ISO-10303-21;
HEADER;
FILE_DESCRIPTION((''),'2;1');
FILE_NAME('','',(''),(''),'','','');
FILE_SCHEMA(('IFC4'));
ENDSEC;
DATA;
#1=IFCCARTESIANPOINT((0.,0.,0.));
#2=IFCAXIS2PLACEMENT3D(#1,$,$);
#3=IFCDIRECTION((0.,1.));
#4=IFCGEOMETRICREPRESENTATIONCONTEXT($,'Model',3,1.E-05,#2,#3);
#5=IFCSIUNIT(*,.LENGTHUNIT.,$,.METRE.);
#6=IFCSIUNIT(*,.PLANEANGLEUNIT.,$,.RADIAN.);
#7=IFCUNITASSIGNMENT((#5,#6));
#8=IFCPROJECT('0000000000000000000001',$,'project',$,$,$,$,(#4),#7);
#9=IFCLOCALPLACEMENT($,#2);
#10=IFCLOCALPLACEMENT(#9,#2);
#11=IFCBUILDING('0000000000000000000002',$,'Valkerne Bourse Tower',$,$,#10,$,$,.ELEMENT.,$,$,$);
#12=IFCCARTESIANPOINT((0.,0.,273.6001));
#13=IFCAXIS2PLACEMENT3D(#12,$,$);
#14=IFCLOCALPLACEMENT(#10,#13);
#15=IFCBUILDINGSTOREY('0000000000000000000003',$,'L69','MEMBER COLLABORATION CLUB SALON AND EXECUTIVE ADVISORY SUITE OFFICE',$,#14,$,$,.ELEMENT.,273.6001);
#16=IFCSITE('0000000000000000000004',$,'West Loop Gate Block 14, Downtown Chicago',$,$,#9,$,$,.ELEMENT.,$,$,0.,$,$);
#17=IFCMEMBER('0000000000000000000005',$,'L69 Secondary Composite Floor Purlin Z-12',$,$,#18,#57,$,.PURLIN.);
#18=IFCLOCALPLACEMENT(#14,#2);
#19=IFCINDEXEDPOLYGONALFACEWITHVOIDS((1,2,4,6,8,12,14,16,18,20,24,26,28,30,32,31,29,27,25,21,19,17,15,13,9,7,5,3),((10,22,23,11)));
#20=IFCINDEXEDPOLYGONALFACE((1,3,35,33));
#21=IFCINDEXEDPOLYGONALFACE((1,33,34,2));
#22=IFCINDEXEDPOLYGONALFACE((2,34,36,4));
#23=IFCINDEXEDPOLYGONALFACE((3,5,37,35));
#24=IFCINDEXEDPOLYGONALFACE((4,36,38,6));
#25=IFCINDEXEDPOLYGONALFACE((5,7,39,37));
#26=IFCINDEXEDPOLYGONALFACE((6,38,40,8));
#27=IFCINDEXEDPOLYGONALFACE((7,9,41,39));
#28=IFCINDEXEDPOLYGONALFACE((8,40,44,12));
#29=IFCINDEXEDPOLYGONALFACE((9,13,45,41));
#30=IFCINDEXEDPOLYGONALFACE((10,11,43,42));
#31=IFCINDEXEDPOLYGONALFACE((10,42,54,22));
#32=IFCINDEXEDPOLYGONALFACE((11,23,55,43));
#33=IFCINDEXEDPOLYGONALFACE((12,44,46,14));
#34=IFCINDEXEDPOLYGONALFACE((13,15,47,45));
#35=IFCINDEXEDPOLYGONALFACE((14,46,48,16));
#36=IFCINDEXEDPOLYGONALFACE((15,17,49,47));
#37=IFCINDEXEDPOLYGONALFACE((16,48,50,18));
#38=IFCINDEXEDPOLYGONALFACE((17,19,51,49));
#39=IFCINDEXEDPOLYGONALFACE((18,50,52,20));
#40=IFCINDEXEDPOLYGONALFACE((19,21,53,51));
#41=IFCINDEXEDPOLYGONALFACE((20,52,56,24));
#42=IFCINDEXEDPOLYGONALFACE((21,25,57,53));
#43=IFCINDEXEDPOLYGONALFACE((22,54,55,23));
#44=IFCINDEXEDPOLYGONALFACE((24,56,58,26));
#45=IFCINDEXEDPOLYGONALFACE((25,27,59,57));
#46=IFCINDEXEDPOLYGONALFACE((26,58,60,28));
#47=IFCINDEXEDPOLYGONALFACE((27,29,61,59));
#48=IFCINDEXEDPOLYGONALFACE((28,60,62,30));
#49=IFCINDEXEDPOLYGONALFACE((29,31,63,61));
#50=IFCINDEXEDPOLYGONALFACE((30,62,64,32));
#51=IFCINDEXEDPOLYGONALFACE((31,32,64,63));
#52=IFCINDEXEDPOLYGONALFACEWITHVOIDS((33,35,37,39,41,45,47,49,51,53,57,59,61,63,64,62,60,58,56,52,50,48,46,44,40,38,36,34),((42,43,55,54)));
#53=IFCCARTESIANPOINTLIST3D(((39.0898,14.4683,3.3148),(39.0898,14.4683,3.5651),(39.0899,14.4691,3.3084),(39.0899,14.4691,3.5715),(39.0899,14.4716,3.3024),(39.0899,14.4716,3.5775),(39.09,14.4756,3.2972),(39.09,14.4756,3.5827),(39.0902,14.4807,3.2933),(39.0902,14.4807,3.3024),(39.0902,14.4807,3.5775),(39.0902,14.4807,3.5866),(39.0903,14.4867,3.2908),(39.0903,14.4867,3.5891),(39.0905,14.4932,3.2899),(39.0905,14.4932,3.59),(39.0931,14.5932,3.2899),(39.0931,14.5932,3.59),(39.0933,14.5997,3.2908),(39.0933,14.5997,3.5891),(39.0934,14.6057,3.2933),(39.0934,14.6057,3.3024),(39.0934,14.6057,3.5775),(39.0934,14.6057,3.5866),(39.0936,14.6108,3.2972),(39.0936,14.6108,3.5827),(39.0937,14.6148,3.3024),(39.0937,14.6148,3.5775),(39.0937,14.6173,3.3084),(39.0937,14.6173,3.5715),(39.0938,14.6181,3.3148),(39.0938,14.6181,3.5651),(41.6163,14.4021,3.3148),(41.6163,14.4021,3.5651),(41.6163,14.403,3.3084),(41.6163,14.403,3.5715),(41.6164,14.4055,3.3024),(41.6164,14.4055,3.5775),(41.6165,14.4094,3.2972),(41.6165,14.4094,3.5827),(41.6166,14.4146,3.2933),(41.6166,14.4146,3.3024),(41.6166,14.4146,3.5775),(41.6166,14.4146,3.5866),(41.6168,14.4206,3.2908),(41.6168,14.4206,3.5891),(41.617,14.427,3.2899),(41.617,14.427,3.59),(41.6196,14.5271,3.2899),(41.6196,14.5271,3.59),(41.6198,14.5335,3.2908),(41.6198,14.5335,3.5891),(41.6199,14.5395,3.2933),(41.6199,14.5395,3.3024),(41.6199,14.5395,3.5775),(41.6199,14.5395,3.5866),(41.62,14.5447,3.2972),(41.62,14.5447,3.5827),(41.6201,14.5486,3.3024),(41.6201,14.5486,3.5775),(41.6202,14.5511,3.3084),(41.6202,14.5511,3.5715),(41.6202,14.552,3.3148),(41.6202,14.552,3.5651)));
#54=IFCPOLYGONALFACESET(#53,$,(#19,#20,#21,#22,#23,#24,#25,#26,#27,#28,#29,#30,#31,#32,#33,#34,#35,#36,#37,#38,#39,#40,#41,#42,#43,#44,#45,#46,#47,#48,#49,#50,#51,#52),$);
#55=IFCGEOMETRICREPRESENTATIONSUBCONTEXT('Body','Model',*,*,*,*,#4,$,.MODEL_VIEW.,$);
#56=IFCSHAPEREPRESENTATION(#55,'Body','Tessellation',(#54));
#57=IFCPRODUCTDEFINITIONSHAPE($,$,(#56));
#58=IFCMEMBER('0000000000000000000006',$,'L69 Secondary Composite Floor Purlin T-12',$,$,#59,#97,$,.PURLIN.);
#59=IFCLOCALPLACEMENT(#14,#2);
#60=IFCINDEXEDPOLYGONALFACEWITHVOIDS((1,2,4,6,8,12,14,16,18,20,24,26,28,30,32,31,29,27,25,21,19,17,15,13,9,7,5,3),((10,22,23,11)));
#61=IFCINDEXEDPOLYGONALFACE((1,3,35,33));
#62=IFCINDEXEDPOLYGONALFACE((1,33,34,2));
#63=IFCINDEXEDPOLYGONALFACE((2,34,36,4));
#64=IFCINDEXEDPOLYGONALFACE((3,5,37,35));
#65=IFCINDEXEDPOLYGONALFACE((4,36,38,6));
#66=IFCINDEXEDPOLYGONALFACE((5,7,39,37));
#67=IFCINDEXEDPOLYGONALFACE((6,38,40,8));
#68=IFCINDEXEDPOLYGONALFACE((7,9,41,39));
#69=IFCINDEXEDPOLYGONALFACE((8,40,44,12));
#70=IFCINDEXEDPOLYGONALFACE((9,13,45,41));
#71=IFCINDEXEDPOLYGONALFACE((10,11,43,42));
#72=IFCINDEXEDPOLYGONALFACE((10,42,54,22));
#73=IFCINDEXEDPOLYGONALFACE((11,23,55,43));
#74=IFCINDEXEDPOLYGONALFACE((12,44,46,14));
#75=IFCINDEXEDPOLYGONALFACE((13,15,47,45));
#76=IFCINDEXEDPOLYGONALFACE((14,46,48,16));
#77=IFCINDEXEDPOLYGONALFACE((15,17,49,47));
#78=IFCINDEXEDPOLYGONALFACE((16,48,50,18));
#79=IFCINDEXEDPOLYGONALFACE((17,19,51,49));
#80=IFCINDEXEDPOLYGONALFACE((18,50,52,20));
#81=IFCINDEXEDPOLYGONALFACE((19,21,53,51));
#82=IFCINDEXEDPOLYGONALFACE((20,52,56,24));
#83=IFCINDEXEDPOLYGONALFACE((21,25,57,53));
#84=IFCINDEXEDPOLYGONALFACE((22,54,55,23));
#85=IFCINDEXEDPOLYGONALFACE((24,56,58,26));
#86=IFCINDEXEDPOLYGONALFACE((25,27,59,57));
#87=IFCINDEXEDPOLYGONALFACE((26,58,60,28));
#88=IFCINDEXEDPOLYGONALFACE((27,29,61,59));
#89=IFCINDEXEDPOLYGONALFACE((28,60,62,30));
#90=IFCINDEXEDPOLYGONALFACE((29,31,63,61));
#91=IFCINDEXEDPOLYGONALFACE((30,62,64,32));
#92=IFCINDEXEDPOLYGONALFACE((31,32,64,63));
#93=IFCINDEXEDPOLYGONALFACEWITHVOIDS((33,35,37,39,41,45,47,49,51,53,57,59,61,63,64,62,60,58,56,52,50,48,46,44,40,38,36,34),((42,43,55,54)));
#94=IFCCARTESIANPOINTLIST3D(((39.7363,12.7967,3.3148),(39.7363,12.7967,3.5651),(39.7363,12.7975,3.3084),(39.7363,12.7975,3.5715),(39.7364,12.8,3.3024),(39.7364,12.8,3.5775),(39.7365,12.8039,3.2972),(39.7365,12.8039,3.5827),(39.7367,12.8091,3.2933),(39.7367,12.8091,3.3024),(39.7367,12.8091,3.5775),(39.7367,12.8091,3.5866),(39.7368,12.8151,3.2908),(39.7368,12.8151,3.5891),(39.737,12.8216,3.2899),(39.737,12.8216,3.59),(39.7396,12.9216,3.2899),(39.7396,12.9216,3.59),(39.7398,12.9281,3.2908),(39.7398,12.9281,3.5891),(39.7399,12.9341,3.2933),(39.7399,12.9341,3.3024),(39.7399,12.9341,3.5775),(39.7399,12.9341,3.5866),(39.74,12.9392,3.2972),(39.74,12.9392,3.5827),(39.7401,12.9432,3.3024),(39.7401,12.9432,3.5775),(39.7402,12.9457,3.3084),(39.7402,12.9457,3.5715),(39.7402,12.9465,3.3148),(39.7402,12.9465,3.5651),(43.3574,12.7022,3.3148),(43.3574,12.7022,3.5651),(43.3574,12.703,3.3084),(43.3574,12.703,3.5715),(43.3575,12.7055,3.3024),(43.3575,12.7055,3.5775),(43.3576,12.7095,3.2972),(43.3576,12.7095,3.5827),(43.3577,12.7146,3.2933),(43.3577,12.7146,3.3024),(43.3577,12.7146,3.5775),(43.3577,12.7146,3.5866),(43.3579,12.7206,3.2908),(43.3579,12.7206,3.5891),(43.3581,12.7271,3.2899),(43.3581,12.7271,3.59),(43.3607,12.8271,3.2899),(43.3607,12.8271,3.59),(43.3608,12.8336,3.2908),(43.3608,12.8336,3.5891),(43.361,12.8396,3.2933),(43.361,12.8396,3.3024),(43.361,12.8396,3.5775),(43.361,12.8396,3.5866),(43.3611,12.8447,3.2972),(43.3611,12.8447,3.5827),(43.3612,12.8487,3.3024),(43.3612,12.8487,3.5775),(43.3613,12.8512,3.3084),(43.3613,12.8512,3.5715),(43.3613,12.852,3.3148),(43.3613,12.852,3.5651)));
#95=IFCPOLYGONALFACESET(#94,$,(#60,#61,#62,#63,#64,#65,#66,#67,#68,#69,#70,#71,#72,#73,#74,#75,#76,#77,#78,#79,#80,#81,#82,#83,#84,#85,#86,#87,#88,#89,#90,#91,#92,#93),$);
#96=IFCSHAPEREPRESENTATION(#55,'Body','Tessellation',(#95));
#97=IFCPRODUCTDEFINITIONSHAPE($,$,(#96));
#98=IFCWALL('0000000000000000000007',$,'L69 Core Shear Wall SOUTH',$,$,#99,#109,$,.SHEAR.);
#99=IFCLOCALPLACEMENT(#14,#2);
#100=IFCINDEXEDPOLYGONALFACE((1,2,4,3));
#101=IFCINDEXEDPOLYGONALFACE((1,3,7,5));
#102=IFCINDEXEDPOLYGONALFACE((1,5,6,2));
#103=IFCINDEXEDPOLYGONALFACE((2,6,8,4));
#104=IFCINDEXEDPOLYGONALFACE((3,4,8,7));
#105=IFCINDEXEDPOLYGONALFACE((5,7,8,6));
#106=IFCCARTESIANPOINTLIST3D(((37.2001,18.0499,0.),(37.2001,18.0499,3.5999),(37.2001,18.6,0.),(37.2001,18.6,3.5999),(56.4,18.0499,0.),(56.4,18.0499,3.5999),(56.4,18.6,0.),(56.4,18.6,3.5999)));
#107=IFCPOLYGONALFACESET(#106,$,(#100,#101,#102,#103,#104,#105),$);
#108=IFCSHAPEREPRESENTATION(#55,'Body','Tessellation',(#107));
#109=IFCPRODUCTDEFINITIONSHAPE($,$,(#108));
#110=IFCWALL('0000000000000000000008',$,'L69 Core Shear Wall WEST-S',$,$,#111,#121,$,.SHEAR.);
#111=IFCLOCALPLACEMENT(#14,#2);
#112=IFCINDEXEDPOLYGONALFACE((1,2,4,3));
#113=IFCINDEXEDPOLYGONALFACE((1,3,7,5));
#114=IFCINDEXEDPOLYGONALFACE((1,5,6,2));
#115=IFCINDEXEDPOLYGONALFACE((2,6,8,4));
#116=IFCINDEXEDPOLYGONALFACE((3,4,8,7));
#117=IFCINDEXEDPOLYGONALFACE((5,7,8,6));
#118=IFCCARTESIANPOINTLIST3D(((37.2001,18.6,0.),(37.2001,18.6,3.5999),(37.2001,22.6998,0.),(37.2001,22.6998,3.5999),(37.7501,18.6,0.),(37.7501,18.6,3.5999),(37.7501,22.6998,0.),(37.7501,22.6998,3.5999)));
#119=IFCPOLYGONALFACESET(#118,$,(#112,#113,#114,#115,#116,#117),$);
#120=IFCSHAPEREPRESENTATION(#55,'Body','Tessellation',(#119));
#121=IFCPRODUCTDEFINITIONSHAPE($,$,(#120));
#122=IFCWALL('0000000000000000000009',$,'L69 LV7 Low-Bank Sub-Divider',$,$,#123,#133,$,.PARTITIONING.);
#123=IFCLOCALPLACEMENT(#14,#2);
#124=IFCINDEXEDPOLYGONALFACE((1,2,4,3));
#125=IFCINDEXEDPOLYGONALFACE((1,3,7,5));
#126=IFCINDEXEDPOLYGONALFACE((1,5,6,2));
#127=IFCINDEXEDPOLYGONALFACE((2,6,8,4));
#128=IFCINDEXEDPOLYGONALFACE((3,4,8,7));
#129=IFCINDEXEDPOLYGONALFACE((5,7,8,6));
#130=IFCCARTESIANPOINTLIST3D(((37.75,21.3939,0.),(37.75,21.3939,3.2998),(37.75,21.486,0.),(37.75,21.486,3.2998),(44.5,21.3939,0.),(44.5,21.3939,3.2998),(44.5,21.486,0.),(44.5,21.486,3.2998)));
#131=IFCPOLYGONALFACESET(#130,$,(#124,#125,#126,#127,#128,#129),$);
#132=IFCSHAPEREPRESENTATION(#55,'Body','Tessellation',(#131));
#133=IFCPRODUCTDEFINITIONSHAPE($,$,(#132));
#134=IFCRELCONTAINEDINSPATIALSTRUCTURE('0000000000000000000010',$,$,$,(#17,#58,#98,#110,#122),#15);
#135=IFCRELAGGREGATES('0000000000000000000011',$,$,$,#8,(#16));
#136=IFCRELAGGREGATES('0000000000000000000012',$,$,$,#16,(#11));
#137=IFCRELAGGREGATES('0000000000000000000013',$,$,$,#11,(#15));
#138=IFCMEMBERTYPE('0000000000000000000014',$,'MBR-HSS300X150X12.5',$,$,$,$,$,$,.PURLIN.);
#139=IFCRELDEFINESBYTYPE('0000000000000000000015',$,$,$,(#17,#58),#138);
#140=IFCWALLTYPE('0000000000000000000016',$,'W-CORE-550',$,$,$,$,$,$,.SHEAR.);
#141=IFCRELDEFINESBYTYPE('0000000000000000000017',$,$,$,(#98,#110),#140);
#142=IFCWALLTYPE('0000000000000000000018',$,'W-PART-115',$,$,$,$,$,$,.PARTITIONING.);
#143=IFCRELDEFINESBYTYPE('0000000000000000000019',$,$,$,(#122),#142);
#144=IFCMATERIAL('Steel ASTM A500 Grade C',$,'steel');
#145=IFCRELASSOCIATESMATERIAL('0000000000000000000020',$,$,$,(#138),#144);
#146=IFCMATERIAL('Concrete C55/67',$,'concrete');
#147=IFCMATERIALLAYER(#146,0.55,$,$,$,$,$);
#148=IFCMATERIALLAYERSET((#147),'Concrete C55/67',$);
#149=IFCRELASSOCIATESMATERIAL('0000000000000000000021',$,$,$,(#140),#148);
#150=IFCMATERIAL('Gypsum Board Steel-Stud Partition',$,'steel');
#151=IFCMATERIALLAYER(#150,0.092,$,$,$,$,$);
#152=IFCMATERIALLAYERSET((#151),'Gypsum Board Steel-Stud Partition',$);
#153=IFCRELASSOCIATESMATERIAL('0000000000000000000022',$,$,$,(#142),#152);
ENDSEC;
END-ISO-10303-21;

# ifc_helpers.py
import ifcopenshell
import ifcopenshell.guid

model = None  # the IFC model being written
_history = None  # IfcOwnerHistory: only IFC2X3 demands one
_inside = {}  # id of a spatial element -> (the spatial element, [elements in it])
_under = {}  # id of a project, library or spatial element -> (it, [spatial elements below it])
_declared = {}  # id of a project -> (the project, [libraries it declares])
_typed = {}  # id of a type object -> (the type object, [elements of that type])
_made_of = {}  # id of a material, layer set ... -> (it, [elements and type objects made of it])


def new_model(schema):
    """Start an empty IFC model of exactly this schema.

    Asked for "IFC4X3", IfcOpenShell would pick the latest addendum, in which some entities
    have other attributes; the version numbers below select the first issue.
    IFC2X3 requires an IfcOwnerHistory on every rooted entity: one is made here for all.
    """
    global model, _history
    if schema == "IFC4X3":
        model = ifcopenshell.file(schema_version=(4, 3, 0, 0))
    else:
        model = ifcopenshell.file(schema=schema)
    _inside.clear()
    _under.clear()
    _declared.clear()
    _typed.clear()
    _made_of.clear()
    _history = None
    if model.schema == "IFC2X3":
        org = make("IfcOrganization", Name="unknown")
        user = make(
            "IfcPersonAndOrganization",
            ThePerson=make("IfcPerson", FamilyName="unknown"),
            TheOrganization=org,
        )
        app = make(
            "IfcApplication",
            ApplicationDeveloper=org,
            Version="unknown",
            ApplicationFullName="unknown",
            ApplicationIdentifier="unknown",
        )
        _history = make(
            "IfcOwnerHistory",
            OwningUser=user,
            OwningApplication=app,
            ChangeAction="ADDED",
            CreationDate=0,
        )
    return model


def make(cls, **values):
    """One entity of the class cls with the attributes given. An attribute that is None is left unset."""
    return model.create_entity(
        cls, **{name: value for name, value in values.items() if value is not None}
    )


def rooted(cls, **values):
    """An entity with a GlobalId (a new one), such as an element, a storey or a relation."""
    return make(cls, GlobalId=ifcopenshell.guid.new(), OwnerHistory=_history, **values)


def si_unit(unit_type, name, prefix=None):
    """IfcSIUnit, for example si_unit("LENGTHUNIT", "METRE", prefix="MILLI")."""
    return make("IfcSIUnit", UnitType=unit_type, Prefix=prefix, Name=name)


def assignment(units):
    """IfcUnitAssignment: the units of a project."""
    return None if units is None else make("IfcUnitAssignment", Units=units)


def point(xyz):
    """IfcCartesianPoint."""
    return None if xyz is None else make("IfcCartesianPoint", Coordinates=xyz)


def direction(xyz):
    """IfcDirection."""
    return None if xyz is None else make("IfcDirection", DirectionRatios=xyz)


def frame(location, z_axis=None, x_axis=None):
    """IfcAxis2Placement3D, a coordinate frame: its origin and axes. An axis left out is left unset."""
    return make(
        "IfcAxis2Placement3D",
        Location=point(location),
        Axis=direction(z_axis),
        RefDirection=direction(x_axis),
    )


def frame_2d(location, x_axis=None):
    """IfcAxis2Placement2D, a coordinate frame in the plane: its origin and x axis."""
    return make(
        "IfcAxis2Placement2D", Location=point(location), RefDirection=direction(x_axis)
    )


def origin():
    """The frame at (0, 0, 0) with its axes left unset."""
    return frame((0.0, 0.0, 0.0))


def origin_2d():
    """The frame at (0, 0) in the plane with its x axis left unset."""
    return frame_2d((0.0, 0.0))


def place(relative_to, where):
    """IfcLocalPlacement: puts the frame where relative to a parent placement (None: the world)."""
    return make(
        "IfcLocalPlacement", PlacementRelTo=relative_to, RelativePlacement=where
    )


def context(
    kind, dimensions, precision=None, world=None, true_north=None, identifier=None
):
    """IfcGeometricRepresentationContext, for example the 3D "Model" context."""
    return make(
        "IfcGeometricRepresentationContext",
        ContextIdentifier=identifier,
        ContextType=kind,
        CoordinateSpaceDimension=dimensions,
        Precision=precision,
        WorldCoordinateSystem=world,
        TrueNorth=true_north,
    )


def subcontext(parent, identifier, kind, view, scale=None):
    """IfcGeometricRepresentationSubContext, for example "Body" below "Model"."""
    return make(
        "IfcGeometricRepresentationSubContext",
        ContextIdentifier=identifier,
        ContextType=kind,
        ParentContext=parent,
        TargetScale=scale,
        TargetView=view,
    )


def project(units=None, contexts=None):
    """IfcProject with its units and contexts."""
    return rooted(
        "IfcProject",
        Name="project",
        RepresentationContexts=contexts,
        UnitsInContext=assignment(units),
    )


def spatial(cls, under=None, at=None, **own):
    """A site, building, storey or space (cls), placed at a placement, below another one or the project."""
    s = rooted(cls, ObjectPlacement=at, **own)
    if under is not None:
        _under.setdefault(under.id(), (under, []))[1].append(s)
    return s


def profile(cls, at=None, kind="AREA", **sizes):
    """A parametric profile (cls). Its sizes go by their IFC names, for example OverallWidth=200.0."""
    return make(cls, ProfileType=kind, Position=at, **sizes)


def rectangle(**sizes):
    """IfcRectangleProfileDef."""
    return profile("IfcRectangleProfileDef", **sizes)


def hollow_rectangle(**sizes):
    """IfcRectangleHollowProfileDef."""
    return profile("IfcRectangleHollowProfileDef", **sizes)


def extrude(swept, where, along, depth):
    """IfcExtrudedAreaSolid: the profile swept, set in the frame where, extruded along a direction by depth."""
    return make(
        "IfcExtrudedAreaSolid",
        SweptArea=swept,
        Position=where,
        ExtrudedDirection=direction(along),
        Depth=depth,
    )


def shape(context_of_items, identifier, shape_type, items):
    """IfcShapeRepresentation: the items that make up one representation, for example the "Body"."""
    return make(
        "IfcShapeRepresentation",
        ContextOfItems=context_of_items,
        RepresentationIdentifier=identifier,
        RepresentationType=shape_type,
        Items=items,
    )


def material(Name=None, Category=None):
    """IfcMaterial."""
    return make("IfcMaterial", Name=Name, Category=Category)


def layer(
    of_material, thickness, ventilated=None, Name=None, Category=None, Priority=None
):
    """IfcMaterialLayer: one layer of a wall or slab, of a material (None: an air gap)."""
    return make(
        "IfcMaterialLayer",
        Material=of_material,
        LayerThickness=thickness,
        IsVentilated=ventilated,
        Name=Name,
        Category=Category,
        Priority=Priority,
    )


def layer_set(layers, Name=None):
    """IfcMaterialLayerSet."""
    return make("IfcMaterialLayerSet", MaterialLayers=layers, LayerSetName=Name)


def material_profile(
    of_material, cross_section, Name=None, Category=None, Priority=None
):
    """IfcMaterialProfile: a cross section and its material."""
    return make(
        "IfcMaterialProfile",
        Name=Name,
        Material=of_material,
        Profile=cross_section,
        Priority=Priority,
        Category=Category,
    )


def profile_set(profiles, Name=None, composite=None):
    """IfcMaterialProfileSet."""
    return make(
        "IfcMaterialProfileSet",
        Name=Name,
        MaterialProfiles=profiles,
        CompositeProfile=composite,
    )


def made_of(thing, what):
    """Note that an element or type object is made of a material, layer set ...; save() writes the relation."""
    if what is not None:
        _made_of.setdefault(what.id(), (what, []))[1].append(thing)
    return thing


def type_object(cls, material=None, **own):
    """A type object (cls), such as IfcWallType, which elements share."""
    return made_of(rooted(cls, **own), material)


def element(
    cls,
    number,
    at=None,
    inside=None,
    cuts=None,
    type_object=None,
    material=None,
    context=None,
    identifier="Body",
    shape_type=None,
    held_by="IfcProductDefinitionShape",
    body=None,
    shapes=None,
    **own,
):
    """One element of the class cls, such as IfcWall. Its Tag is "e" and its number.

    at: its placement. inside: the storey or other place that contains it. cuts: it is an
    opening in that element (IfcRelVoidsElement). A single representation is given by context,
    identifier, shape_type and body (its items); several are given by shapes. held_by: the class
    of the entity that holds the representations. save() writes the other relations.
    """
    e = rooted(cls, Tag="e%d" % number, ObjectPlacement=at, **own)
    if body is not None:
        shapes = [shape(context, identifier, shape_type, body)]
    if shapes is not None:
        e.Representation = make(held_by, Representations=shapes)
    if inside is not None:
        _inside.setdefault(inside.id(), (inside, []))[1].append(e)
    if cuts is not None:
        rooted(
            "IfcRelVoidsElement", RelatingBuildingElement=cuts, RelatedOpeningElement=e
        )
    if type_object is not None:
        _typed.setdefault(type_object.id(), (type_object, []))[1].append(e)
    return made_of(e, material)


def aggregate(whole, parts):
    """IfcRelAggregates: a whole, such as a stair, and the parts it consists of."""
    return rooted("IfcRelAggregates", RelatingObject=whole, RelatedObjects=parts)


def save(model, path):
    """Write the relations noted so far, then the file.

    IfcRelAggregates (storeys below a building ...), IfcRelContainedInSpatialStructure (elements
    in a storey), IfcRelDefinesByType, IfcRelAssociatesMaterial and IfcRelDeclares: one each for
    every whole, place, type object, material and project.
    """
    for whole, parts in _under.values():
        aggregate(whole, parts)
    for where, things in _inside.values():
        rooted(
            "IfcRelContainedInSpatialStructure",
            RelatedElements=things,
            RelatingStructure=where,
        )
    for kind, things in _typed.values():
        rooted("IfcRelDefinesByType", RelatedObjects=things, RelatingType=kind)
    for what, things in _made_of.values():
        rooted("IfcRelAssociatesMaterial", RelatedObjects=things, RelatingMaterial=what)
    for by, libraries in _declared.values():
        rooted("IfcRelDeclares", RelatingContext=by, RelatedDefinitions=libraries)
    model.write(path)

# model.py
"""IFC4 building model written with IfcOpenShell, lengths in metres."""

from ifc_helpers import new_model, si_unit, direction, frame, frame_2d, origin, origin_2d, place, context, subcontext, project, spatial, rectangle, hollow_rectangle, extrude, material, layer, layer_set, material_profile, profile_set, type_object, element, save


model = new_model("IFC4")

# Units and contexts
model_context = context("Model", 3, precision=1e-05, world=origin(), true_north=direction((0.0, 1.0)))
body_context = subcontext(model_context, "Body", "Model", "MODEL_VIEW")
ifc_project = project(units=[si_unit("LENGTHUNIT", "METRE"), si_unit("PLANEANGLEUNIT", "RADIAN")], contexts=[model_context])

# Site, building, storey
site_placement = place(None, origin())
site = spatial("IfcSite", under=ifc_project, at=site_placement, Name="West Loop Gate Block 14, Downtown Chicago", CompositionType="ELEMENT", RefElevation=0.0)
building_placement = place(site_placement, origin())
building = spatial("IfcBuilding", under=site, at=building_placement, Name="Valkerne Bourse Tower", CompositionType="ELEMENT")
storey_placement = place(building_placement, frame((0.0, 0.0, 273.6001)))
storey = spatial("IfcBuildingStorey", under=building, at=storey_placement, Name="L69", Description="MEMBER COLLABORATION CLUB SALON AND EXECUTIVE ADVISORY SUITE OFFICE", CompositionType="ELEMENT", Elevation=273.6001)

# Members
ifc_material_1 = material(Name="Steel ASTM A500 Grade C", Category="steel")
ifc_material_profile_1 = material_profile(ifc_material_1, hollow_rectangle(XDim=0.1499, YDim=0.3, WallThickness=0.0125, OuterFilletRadius=0.0249, at=origin_2d()), Name="HSS300X150X12.5")
ifc_profile_set_1 = profile_set([ifc_material_profile_1], Name="Steel ASTM A500 Grade C")
member_type_1 = type_object("IfcMemberType", Name="MBR-HSS300X150X12.5", PredefinedType="PURLIN", material=ifc_profile_set_1)
member_1_placement = place(storey_placement, frame((39.0918, 14.5432, 3.4399), z_axis=(0.999657, -0.02618, 0.0), x_axis=(0.02618, 0.999657, 0.0)))
element("IfcMember", 1, at=member_1_placement, inside=storey, type_object=member_type_1, Name="L69 Secondary Composite Floor Purlin Z-12", PredefinedType="PURLIN", context=body_context, shape_type="SweptSolid", body=[
    extrude(hollow_rectangle(XDim=0.1499, YDim=0.3, WallThickness=0.0125, OuterFilletRadius=0.0249, at=origin_2d()), origin(), (0.0, 0.0, 1.0), 2.5273),
])
member_2_placement = place(storey_placement, frame((39.7383, 12.8716, 3.4399), z_axis=(0.99966, -0.026083, 0.0), x_axis=(0.026083, 0.99966, 0.0)))
element("IfcMember", 2, at=member_2_placement, inside=storey, type_object=member_type_1, Name="L69 Secondary Composite Floor Purlin T-12", PredefinedType="PURLIN", context=body_context, shape_type="SweptSolid", body=[
    extrude(hollow_rectangle(XDim=0.1499, YDim=0.3, WallThickness=0.0125, OuterFilletRadius=0.0249, at=origin_2d()), origin(), (0.0, 0.0, 1.0), 3.6223),
])

# Walls
ifc_material_2 = material(Name="Concrete C55/67", Category="concrete")
ifc_layer_1 = layer(ifc_material_2, 0.55)
ifc_layer_set_1 = layer_set([ifc_layer_1], Name="Concrete C55/67")
wall_type_1 = type_object("IfcWallType", Name="W-CORE-550", PredefinedType="SHEAR", material=ifc_layer_set_1)
wall_1_placement = place(storey_placement, frame((37.2, 18.325, 0.0), z_axis=(0.0, 0.0, 1.0), x_axis=(1.0, 0.0, 0.0)))
element("IfcWall", 3, at=wall_1_placement, inside=storey, type_object=wall_type_1, Name="L69 Core Shear Wall SOUTH", PredefinedType="SHEAR", context=body_context, shape_type="SweptSolid", body=[
    extrude(rectangle(XDim=19.2, YDim=0.55, at=frame_2d((9.6001, 0.0))), origin(), (0.0, 0.0, 1.0), 3.5999),
])
wall_2_placement = place(storey_placement, frame((37.4751, 18.6001, 0.0), z_axis=(0.0, 0.0, 1.0), x_axis=(0.0, 1.0, 0.0)))
element("IfcWall", 4, at=wall_2_placement, inside=storey, type_object=wall_type_1, Name="L69 Core Shear Wall WEST-S", PredefinedType="SHEAR", context=body_context, shape_type="SweptSolid", body=[
    extrude(rectangle(XDim=4.0999, YDim=0.55, at=frame_2d((2.0498, 0.0))), origin(), (0.0, 0.0, 1.0), 3.5999),
])
ifc_material_3 = material(Name="Gypsum Board Steel-Stud Partition", Category="steel")
ifc_layer_2 = layer(ifc_material_3, 0.092)
ifc_layer_set_2 = layer_set([ifc_layer_2], Name="Gypsum Board Steel-Stud Partition")
wall_type_2 = type_object("IfcWallType", Name="W-PART-115", PredefinedType="PARTITIONING", material=ifc_layer_set_2)
wall_3_placement = place(storey_placement, frame((37.75, 21.4399, 0.0), z_axis=(0.0, 0.0, 1.0), x_axis=(1.0, 0.0, 0.0)))
element("IfcWall", 5, at=wall_3_placement, inside=storey, type_object=wall_type_2, Name="L69 LV7 Low-Bank Sub-Divider", PredefinedType="PARTITIONING", context=body_context, shape_type="SweptSolid", body=[
    extrude(rectangle(XDim=6.75, YDim=0.092, at=frame_2d((3.375, 0.0))), origin(), (0.0, 0.0, 1.0), 3.2998),
])

save(model, "model.ifc")
